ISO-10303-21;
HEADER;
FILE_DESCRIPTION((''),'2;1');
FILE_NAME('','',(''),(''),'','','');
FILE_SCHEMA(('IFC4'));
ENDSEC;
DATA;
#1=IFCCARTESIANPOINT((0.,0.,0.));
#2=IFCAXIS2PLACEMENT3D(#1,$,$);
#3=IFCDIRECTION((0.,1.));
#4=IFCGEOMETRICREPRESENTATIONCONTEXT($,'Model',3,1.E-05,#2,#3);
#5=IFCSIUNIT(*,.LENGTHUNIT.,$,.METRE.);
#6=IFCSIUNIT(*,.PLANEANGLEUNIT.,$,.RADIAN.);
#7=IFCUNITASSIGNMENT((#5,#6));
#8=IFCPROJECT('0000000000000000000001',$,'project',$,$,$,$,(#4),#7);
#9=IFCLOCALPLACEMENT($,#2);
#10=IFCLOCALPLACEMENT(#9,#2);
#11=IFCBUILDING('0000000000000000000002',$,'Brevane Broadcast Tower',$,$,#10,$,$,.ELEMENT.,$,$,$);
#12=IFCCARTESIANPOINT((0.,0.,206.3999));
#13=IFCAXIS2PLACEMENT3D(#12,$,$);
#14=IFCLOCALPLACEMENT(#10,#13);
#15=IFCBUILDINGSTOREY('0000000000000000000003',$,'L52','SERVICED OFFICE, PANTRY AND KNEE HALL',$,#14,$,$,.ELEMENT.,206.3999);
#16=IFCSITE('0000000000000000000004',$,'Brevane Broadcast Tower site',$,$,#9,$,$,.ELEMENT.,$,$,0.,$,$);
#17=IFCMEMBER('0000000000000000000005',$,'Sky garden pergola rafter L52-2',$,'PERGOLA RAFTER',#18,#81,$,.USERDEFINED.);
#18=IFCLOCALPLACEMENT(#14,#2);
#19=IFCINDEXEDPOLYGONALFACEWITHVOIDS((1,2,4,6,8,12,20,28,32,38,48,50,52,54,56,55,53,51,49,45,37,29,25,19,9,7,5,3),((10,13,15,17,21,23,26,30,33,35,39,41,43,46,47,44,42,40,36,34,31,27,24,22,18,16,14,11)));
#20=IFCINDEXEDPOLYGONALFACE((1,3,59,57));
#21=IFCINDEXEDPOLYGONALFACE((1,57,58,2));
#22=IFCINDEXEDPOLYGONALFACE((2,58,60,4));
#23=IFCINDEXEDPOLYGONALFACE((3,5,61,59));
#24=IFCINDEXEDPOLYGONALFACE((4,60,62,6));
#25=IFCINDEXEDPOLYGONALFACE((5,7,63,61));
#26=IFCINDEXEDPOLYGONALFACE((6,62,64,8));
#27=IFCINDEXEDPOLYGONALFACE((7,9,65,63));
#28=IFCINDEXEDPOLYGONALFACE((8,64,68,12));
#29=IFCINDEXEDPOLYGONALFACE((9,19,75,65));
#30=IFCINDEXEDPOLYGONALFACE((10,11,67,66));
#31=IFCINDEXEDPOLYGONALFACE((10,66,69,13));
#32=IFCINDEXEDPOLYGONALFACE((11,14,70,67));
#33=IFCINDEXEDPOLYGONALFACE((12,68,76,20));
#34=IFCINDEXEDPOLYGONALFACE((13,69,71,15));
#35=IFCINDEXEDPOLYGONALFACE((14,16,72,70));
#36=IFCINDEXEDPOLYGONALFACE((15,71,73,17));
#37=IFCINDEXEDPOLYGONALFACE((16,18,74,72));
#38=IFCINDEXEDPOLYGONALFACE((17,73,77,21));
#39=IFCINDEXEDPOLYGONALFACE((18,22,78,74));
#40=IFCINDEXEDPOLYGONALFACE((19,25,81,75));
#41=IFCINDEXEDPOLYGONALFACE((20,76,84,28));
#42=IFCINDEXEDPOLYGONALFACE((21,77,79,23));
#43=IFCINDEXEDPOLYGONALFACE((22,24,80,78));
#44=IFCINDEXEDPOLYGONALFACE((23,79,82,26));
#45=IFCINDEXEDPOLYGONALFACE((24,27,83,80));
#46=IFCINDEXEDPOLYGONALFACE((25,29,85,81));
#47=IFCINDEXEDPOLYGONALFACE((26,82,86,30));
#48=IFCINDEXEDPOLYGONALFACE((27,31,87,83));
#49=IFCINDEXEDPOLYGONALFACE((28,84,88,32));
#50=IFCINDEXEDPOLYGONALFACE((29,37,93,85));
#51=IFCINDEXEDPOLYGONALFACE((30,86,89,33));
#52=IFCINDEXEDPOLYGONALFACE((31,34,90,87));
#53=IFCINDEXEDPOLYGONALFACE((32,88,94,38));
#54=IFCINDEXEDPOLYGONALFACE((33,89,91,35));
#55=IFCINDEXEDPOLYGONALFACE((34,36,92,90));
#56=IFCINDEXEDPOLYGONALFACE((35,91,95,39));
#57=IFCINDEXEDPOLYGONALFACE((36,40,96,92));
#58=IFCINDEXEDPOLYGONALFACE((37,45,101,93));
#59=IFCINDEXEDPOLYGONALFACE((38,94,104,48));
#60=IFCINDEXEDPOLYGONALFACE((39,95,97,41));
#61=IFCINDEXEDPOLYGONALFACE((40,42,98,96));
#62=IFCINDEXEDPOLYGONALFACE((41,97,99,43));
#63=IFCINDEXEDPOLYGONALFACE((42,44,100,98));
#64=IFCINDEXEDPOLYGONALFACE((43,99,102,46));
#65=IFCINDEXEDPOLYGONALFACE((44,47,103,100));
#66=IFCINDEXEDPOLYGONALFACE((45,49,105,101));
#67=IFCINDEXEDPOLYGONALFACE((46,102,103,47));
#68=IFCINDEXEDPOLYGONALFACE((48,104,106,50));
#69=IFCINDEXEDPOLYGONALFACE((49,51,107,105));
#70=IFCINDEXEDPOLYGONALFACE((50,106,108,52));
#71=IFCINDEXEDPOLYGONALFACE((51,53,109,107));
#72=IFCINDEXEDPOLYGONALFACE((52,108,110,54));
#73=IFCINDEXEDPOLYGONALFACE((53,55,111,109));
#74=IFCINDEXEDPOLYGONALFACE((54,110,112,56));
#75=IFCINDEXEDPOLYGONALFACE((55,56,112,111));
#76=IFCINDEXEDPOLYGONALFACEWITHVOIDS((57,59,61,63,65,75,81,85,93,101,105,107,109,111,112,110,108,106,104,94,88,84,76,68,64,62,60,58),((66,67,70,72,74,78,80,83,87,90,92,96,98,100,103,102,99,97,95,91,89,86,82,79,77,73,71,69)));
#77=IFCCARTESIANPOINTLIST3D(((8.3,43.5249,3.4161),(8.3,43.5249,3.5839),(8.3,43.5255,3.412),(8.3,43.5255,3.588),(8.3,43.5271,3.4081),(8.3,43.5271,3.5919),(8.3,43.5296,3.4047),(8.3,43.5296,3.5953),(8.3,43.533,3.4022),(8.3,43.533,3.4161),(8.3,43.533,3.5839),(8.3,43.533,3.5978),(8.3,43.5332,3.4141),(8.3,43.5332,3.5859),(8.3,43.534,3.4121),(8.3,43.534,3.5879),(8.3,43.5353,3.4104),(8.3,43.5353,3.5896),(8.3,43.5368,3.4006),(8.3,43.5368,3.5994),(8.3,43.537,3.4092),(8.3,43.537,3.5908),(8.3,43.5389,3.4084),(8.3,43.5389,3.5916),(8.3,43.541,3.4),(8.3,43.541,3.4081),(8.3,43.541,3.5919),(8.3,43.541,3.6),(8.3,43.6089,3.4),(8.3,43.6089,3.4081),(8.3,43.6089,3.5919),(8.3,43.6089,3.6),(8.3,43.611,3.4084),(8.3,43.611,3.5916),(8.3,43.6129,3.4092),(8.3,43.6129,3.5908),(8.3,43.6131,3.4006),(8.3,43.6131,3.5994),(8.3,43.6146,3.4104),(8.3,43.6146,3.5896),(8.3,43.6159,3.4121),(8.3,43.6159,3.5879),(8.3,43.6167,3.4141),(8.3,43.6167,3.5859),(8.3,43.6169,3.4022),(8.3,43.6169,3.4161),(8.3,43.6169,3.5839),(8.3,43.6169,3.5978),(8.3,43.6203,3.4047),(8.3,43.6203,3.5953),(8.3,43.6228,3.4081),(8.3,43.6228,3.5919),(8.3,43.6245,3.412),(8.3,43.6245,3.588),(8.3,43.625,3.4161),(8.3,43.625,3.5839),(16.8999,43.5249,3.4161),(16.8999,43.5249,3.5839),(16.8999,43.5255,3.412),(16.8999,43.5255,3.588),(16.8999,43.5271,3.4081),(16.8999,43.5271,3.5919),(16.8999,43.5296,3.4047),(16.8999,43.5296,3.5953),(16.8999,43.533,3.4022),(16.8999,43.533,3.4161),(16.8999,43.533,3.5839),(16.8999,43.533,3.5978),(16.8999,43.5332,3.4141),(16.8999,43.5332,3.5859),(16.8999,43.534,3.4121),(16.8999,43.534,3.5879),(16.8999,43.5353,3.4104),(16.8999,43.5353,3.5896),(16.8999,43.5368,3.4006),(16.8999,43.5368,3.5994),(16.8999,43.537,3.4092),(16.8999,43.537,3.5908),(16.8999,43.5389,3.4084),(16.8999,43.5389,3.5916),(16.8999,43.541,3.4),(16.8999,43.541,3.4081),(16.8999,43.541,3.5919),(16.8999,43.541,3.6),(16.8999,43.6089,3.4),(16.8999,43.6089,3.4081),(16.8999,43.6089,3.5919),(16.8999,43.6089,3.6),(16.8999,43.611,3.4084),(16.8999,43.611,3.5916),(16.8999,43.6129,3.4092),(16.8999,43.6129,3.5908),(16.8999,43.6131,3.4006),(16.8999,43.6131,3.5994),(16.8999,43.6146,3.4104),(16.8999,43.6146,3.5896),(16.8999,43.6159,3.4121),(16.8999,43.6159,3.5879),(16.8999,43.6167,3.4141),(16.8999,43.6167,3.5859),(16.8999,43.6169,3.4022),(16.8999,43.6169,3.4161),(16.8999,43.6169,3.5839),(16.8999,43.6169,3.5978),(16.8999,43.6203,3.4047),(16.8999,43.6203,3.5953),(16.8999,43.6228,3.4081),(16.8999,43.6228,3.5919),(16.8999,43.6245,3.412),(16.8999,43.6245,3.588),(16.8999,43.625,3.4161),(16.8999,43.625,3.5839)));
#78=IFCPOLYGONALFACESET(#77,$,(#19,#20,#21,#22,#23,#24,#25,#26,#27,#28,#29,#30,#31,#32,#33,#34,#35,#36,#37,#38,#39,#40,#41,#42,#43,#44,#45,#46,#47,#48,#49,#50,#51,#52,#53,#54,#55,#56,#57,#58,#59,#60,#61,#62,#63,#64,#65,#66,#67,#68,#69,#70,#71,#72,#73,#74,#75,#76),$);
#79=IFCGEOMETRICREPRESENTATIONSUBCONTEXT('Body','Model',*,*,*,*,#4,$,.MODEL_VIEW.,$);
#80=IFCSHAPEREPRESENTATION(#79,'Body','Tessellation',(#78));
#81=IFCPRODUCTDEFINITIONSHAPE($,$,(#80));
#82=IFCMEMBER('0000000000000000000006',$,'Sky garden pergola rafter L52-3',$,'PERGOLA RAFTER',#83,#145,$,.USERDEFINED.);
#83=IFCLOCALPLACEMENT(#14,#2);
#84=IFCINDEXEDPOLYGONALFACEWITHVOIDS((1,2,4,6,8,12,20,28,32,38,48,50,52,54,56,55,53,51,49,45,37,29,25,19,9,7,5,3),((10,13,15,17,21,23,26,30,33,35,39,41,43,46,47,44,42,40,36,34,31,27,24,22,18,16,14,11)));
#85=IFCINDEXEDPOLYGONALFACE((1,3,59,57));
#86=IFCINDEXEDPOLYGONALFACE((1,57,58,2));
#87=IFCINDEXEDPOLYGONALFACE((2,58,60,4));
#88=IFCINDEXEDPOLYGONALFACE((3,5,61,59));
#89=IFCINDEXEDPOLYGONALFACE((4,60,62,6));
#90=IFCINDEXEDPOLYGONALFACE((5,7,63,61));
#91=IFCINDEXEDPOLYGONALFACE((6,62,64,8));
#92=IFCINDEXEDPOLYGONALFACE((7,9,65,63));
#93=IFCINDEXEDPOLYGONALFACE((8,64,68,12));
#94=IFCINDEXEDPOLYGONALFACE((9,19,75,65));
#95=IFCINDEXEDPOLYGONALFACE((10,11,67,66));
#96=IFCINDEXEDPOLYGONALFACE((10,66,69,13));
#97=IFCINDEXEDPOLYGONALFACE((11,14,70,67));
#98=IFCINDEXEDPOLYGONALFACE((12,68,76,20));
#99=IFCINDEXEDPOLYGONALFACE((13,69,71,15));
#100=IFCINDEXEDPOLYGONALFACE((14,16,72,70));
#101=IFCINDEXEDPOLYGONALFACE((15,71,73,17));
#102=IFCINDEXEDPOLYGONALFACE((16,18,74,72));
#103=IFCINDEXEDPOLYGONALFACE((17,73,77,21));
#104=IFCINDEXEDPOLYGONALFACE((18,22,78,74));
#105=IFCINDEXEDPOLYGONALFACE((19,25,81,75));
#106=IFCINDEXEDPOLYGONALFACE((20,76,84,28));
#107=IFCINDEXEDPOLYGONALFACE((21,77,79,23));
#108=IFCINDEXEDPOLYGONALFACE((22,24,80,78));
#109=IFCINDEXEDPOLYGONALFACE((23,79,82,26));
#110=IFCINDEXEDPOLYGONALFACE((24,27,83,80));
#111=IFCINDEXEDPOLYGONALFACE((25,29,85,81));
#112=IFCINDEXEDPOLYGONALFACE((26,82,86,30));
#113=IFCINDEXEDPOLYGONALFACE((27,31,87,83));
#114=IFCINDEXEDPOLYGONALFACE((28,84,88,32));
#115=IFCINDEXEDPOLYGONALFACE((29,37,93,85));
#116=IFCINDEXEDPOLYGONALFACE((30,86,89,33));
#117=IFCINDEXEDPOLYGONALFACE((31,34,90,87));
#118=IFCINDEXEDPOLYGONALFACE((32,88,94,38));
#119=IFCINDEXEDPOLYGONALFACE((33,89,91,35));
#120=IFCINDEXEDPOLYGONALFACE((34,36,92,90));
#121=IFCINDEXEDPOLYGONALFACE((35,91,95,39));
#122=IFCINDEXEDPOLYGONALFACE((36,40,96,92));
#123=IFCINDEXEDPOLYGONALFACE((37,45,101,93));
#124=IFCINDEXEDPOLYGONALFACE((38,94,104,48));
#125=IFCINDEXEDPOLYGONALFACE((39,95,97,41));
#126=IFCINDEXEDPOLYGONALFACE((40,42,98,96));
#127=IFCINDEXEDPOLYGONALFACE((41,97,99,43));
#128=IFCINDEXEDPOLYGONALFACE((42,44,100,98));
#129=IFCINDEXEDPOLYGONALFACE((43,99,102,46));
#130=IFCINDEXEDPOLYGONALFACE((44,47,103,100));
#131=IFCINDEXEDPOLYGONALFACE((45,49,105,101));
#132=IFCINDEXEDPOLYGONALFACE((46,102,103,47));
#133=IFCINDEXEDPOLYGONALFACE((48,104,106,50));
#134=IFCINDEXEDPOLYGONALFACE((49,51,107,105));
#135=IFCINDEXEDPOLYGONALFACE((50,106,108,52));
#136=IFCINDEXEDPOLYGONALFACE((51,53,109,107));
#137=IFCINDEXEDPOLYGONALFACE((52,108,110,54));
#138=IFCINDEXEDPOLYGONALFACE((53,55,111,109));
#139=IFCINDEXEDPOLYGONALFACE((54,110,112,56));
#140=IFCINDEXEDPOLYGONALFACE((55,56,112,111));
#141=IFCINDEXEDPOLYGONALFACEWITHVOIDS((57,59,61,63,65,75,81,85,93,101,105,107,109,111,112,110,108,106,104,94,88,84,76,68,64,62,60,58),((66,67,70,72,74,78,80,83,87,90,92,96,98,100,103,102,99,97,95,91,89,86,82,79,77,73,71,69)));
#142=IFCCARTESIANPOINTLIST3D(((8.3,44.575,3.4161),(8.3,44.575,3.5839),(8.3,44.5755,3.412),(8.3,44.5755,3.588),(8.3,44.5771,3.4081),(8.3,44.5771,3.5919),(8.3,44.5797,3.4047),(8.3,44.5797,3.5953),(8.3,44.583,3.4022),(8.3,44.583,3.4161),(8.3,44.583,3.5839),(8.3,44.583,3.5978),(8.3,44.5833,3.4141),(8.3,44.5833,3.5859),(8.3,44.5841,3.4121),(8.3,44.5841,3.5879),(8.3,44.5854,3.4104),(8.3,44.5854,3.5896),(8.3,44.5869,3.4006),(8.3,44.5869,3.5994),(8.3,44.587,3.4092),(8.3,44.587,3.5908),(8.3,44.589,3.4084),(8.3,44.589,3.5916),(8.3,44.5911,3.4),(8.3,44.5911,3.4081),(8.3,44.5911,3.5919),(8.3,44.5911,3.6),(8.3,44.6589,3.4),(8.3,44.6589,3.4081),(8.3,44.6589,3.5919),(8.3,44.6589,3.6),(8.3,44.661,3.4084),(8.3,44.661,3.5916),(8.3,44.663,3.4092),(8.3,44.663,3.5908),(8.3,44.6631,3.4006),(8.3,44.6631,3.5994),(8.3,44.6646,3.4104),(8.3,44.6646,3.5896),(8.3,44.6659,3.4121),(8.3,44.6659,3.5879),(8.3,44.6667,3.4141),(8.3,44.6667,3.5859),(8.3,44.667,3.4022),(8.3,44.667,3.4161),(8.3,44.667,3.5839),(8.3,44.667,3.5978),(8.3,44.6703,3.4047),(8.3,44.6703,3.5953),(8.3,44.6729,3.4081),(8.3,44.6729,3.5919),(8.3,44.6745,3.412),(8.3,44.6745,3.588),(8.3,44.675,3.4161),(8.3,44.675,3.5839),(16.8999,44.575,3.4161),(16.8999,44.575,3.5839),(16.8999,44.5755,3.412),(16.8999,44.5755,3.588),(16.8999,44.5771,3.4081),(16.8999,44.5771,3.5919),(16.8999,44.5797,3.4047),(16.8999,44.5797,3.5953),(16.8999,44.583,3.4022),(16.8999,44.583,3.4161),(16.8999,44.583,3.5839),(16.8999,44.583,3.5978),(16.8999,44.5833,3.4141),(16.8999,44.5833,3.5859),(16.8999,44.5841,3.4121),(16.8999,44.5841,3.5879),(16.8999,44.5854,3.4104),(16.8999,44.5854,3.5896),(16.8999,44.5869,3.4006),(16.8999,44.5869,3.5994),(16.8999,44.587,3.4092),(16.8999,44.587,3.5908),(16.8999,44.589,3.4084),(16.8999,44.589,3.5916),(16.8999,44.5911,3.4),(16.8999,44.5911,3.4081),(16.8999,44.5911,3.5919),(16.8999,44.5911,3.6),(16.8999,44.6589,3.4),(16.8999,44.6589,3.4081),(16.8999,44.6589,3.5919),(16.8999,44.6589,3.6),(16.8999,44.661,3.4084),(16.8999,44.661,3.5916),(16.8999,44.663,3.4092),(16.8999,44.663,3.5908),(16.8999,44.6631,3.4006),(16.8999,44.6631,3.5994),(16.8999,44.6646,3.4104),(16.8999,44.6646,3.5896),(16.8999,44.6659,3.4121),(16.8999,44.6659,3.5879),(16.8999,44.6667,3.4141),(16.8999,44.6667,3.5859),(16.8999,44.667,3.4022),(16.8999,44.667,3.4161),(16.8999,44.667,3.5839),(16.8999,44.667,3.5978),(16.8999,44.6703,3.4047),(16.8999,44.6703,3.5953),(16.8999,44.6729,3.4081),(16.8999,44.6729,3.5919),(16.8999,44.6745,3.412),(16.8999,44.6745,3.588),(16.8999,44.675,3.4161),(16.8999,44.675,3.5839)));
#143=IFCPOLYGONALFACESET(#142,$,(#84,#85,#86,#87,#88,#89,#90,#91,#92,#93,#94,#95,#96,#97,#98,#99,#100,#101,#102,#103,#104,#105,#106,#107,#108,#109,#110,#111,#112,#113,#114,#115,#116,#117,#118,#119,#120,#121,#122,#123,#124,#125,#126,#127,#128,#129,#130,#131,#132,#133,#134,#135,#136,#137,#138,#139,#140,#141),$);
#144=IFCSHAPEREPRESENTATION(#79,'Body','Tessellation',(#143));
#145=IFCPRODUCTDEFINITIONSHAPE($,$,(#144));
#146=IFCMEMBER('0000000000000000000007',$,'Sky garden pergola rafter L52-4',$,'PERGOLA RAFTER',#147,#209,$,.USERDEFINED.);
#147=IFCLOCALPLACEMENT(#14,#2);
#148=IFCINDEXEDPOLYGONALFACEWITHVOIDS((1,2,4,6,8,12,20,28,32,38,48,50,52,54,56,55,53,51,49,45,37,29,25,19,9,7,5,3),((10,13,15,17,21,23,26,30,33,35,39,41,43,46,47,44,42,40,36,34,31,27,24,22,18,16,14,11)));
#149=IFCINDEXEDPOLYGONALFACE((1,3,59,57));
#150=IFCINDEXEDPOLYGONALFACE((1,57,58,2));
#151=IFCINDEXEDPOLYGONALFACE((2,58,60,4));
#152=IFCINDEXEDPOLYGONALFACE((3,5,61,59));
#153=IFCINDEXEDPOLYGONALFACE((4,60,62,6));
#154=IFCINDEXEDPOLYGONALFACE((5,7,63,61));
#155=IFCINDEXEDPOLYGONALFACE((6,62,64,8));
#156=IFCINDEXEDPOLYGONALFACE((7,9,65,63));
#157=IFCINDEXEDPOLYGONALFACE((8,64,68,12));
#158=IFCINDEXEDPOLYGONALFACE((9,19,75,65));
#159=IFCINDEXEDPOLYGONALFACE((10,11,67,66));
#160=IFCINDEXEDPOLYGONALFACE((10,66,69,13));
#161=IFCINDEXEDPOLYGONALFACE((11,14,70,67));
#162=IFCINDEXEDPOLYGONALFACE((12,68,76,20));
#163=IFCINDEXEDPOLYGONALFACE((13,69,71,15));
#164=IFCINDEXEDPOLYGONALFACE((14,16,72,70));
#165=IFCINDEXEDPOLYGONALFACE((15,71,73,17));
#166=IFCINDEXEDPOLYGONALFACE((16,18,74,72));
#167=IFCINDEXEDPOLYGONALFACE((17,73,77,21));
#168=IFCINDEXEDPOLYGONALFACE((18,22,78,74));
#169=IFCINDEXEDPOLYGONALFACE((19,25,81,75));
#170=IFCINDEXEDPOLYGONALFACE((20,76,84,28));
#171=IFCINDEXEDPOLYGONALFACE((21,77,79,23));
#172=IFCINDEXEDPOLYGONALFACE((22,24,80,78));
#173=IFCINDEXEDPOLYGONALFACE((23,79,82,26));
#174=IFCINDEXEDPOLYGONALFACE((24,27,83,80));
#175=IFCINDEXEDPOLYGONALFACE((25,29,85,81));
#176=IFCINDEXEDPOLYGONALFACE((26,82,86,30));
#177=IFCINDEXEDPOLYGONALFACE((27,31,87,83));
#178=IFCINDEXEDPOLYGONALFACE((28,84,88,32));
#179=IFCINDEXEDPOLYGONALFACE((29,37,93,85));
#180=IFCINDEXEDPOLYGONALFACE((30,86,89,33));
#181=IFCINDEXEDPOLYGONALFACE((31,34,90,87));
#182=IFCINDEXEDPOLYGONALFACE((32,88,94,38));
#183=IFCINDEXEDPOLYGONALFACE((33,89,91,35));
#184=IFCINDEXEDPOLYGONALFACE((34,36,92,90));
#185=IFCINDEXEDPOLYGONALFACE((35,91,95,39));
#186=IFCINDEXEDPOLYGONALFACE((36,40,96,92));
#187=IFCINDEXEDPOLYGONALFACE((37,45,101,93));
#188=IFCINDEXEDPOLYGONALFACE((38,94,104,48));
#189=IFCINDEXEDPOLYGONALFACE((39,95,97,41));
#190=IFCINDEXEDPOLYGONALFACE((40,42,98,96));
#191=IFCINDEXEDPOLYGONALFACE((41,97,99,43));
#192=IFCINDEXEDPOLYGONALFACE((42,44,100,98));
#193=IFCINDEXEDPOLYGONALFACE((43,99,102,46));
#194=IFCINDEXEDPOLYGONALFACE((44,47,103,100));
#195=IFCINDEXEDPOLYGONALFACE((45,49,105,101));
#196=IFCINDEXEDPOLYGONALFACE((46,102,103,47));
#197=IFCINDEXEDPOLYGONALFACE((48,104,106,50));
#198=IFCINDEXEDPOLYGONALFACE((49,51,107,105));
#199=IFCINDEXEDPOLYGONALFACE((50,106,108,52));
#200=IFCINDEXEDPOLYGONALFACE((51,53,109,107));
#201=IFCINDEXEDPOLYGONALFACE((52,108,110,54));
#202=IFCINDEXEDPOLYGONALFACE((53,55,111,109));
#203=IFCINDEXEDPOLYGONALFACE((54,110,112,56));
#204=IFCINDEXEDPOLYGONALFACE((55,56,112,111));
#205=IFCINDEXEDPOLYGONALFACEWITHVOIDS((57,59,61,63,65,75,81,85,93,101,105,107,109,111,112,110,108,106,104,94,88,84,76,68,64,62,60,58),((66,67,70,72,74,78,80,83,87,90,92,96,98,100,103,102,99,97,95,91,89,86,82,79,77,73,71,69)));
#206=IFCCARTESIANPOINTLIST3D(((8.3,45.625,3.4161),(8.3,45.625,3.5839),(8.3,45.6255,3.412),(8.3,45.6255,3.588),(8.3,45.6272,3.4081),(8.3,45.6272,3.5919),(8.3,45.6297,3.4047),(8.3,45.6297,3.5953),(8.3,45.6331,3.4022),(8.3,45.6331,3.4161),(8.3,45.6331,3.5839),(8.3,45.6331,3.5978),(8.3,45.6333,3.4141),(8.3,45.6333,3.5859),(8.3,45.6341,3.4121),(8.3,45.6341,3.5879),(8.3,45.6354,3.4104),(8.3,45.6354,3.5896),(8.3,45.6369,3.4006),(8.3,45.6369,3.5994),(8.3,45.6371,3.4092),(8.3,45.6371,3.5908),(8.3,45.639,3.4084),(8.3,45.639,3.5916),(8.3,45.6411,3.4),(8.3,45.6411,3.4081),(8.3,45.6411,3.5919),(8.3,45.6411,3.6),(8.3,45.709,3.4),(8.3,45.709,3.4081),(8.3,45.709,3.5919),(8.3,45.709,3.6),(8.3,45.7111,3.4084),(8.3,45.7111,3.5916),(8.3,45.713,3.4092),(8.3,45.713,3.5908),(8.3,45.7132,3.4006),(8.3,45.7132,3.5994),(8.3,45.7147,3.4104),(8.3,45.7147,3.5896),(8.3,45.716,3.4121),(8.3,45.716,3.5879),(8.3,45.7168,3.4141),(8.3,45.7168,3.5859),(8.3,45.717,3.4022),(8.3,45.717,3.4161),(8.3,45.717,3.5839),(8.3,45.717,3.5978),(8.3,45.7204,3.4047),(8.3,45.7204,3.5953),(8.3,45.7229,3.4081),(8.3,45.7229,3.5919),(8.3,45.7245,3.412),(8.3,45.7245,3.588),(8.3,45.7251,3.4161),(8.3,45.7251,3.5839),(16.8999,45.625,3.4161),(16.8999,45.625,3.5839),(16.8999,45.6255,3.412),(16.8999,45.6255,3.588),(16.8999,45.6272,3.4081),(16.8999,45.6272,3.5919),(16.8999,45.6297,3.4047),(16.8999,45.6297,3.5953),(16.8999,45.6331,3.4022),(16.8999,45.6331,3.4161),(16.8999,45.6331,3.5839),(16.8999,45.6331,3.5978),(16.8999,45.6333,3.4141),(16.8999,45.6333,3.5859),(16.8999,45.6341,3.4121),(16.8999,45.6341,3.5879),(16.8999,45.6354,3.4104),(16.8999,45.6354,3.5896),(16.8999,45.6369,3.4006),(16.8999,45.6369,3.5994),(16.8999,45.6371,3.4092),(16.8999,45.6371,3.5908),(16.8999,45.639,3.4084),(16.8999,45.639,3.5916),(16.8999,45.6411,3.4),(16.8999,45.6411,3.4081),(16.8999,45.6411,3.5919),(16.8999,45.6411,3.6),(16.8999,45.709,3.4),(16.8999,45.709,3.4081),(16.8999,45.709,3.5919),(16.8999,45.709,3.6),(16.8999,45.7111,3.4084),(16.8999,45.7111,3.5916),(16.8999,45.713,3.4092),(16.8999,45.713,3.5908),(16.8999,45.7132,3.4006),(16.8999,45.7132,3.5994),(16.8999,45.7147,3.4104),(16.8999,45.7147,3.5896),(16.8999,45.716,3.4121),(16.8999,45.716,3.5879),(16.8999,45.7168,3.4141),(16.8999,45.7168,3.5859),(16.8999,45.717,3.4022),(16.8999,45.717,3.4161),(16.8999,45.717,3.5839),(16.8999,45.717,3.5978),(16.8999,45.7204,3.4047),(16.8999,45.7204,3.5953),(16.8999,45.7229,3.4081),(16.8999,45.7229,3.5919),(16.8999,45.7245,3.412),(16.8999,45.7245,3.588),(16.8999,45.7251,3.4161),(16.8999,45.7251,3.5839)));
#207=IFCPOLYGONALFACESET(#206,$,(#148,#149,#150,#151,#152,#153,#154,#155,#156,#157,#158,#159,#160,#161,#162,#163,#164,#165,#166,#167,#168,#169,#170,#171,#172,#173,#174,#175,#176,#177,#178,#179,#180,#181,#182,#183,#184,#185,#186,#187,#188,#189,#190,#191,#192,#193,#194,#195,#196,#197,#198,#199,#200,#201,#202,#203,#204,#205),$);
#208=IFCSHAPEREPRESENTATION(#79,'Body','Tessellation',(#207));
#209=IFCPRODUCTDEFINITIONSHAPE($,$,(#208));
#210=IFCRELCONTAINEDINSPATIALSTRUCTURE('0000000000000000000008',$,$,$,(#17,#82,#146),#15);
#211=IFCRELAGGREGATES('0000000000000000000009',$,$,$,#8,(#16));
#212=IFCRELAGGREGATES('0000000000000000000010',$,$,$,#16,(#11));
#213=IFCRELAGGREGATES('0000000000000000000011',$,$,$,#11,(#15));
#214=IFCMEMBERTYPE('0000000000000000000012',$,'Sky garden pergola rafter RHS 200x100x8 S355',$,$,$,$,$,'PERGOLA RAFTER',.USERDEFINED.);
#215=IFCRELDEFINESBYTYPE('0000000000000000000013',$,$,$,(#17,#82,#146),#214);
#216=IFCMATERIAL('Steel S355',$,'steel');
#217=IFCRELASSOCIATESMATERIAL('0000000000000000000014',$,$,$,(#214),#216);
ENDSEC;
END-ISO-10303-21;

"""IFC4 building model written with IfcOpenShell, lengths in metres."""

from ifc_helpers import new_model, si_unit, direction, frame, origin, origin_2d, place, context, subcontext, project, spatial, hollow_rectangle, extrude, material, material_profile, profile_set, type_object, element, save


model = new_model("IFC4")

# Units and contexts
model_context = context("Model", 3, precision=1e-05, world=origin(), true_north=direction((0.0, 1.0)))
body_context = subcontext(model_context, "Body", "Model", "MODEL_VIEW")
ifc_project = project(units=[si_unit("LENGTHUNIT", "METRE"), si_unit("PLANEANGLEUNIT", "RADIAN")], contexts=[model_context])

# Site, building, storey
site_placement = place(None, origin())
site = spatial("IfcSite", under=ifc_project, at=site_placement, Name="Brevane Broadcast Tower site", CompositionType="ELEMENT", RefElevation=0.0)
building_placement = place(site_placement, origin())
building = spatial("IfcBuilding", under=site, at=building_placement, Name="Brevane Broadcast Tower", CompositionType="ELEMENT")
storey_placement = place(building_placement, frame((0.0, 0.0, 206.3999)))
storey = spatial("IfcBuildingStorey", under=building, at=storey_placement, Name="L52", Description="SERVICED OFFICE, PANTRY AND KNEE HALL", CompositionType="ELEMENT", Elevation=206.3999)

# Members
ifc_material_1 = material(Name="Steel S355", Category="steel")
ifc_material_profile_1 = material_profile(ifc_material_1, hollow_rectangle(XDim=0.1001, YDim=0.2, WallThickness=0.0081, InnerFilletRadius=0.0081, OuterFilletRadius=0.0161, at=origin_2d()), Name="RHS 200x100x8")
ifc_profile_set_1 = profile_set([ifc_material_profile_1], Name="Steel S355")
member_type_1 = type_object("IfcMemberType", Name="Sky garden pergola rafter RHS 200x100x8 S355", ElementType="PERGOLA RAFTER", PredefinedType="USERDEFINED", material=ifc_profile_set_1)
for number, where, z_axis, x_axis, name in (
    (1, (8.3, 43.575, 3.5), (1.0, 0.0, 0.0), (0.0, 1.0, 0.0), "Sky garden pergola rafter L52-2"),
    (2, (8.3, 44.625, 3.5), (1.0, 0.0, 0.0), (0.0, 1.0, 0.0), "Sky garden pergola rafter L52-3"),
    (3, (8.3, 45.675, 3.5), (1.0, 0.0, 0.0), (0.0, 1.0, 0.0), "Sky garden pergola rafter L52-4"),
):
    element("IfcMember", number, at=place(storey_placement, frame(where, z_axis=z_axis, x_axis=x_axis)), inside=storey, type_object=member_type_1, Name=name, ObjectType="PERGOLA RAFTER", PredefinedType="USERDEFINED", context=body_context, shape_type="SweptSolid", body=[
        extrude(hollow_rectangle(XDim=0.1001, YDim=0.2, WallThickness=0.0081, InnerFilletRadius=0.0081, OuterFilletRadius=0.0161, at=origin_2d()), origin(), (0.0, 0.0, 1.0), 8.5999),
    ])

save(model, "model.ifc")
